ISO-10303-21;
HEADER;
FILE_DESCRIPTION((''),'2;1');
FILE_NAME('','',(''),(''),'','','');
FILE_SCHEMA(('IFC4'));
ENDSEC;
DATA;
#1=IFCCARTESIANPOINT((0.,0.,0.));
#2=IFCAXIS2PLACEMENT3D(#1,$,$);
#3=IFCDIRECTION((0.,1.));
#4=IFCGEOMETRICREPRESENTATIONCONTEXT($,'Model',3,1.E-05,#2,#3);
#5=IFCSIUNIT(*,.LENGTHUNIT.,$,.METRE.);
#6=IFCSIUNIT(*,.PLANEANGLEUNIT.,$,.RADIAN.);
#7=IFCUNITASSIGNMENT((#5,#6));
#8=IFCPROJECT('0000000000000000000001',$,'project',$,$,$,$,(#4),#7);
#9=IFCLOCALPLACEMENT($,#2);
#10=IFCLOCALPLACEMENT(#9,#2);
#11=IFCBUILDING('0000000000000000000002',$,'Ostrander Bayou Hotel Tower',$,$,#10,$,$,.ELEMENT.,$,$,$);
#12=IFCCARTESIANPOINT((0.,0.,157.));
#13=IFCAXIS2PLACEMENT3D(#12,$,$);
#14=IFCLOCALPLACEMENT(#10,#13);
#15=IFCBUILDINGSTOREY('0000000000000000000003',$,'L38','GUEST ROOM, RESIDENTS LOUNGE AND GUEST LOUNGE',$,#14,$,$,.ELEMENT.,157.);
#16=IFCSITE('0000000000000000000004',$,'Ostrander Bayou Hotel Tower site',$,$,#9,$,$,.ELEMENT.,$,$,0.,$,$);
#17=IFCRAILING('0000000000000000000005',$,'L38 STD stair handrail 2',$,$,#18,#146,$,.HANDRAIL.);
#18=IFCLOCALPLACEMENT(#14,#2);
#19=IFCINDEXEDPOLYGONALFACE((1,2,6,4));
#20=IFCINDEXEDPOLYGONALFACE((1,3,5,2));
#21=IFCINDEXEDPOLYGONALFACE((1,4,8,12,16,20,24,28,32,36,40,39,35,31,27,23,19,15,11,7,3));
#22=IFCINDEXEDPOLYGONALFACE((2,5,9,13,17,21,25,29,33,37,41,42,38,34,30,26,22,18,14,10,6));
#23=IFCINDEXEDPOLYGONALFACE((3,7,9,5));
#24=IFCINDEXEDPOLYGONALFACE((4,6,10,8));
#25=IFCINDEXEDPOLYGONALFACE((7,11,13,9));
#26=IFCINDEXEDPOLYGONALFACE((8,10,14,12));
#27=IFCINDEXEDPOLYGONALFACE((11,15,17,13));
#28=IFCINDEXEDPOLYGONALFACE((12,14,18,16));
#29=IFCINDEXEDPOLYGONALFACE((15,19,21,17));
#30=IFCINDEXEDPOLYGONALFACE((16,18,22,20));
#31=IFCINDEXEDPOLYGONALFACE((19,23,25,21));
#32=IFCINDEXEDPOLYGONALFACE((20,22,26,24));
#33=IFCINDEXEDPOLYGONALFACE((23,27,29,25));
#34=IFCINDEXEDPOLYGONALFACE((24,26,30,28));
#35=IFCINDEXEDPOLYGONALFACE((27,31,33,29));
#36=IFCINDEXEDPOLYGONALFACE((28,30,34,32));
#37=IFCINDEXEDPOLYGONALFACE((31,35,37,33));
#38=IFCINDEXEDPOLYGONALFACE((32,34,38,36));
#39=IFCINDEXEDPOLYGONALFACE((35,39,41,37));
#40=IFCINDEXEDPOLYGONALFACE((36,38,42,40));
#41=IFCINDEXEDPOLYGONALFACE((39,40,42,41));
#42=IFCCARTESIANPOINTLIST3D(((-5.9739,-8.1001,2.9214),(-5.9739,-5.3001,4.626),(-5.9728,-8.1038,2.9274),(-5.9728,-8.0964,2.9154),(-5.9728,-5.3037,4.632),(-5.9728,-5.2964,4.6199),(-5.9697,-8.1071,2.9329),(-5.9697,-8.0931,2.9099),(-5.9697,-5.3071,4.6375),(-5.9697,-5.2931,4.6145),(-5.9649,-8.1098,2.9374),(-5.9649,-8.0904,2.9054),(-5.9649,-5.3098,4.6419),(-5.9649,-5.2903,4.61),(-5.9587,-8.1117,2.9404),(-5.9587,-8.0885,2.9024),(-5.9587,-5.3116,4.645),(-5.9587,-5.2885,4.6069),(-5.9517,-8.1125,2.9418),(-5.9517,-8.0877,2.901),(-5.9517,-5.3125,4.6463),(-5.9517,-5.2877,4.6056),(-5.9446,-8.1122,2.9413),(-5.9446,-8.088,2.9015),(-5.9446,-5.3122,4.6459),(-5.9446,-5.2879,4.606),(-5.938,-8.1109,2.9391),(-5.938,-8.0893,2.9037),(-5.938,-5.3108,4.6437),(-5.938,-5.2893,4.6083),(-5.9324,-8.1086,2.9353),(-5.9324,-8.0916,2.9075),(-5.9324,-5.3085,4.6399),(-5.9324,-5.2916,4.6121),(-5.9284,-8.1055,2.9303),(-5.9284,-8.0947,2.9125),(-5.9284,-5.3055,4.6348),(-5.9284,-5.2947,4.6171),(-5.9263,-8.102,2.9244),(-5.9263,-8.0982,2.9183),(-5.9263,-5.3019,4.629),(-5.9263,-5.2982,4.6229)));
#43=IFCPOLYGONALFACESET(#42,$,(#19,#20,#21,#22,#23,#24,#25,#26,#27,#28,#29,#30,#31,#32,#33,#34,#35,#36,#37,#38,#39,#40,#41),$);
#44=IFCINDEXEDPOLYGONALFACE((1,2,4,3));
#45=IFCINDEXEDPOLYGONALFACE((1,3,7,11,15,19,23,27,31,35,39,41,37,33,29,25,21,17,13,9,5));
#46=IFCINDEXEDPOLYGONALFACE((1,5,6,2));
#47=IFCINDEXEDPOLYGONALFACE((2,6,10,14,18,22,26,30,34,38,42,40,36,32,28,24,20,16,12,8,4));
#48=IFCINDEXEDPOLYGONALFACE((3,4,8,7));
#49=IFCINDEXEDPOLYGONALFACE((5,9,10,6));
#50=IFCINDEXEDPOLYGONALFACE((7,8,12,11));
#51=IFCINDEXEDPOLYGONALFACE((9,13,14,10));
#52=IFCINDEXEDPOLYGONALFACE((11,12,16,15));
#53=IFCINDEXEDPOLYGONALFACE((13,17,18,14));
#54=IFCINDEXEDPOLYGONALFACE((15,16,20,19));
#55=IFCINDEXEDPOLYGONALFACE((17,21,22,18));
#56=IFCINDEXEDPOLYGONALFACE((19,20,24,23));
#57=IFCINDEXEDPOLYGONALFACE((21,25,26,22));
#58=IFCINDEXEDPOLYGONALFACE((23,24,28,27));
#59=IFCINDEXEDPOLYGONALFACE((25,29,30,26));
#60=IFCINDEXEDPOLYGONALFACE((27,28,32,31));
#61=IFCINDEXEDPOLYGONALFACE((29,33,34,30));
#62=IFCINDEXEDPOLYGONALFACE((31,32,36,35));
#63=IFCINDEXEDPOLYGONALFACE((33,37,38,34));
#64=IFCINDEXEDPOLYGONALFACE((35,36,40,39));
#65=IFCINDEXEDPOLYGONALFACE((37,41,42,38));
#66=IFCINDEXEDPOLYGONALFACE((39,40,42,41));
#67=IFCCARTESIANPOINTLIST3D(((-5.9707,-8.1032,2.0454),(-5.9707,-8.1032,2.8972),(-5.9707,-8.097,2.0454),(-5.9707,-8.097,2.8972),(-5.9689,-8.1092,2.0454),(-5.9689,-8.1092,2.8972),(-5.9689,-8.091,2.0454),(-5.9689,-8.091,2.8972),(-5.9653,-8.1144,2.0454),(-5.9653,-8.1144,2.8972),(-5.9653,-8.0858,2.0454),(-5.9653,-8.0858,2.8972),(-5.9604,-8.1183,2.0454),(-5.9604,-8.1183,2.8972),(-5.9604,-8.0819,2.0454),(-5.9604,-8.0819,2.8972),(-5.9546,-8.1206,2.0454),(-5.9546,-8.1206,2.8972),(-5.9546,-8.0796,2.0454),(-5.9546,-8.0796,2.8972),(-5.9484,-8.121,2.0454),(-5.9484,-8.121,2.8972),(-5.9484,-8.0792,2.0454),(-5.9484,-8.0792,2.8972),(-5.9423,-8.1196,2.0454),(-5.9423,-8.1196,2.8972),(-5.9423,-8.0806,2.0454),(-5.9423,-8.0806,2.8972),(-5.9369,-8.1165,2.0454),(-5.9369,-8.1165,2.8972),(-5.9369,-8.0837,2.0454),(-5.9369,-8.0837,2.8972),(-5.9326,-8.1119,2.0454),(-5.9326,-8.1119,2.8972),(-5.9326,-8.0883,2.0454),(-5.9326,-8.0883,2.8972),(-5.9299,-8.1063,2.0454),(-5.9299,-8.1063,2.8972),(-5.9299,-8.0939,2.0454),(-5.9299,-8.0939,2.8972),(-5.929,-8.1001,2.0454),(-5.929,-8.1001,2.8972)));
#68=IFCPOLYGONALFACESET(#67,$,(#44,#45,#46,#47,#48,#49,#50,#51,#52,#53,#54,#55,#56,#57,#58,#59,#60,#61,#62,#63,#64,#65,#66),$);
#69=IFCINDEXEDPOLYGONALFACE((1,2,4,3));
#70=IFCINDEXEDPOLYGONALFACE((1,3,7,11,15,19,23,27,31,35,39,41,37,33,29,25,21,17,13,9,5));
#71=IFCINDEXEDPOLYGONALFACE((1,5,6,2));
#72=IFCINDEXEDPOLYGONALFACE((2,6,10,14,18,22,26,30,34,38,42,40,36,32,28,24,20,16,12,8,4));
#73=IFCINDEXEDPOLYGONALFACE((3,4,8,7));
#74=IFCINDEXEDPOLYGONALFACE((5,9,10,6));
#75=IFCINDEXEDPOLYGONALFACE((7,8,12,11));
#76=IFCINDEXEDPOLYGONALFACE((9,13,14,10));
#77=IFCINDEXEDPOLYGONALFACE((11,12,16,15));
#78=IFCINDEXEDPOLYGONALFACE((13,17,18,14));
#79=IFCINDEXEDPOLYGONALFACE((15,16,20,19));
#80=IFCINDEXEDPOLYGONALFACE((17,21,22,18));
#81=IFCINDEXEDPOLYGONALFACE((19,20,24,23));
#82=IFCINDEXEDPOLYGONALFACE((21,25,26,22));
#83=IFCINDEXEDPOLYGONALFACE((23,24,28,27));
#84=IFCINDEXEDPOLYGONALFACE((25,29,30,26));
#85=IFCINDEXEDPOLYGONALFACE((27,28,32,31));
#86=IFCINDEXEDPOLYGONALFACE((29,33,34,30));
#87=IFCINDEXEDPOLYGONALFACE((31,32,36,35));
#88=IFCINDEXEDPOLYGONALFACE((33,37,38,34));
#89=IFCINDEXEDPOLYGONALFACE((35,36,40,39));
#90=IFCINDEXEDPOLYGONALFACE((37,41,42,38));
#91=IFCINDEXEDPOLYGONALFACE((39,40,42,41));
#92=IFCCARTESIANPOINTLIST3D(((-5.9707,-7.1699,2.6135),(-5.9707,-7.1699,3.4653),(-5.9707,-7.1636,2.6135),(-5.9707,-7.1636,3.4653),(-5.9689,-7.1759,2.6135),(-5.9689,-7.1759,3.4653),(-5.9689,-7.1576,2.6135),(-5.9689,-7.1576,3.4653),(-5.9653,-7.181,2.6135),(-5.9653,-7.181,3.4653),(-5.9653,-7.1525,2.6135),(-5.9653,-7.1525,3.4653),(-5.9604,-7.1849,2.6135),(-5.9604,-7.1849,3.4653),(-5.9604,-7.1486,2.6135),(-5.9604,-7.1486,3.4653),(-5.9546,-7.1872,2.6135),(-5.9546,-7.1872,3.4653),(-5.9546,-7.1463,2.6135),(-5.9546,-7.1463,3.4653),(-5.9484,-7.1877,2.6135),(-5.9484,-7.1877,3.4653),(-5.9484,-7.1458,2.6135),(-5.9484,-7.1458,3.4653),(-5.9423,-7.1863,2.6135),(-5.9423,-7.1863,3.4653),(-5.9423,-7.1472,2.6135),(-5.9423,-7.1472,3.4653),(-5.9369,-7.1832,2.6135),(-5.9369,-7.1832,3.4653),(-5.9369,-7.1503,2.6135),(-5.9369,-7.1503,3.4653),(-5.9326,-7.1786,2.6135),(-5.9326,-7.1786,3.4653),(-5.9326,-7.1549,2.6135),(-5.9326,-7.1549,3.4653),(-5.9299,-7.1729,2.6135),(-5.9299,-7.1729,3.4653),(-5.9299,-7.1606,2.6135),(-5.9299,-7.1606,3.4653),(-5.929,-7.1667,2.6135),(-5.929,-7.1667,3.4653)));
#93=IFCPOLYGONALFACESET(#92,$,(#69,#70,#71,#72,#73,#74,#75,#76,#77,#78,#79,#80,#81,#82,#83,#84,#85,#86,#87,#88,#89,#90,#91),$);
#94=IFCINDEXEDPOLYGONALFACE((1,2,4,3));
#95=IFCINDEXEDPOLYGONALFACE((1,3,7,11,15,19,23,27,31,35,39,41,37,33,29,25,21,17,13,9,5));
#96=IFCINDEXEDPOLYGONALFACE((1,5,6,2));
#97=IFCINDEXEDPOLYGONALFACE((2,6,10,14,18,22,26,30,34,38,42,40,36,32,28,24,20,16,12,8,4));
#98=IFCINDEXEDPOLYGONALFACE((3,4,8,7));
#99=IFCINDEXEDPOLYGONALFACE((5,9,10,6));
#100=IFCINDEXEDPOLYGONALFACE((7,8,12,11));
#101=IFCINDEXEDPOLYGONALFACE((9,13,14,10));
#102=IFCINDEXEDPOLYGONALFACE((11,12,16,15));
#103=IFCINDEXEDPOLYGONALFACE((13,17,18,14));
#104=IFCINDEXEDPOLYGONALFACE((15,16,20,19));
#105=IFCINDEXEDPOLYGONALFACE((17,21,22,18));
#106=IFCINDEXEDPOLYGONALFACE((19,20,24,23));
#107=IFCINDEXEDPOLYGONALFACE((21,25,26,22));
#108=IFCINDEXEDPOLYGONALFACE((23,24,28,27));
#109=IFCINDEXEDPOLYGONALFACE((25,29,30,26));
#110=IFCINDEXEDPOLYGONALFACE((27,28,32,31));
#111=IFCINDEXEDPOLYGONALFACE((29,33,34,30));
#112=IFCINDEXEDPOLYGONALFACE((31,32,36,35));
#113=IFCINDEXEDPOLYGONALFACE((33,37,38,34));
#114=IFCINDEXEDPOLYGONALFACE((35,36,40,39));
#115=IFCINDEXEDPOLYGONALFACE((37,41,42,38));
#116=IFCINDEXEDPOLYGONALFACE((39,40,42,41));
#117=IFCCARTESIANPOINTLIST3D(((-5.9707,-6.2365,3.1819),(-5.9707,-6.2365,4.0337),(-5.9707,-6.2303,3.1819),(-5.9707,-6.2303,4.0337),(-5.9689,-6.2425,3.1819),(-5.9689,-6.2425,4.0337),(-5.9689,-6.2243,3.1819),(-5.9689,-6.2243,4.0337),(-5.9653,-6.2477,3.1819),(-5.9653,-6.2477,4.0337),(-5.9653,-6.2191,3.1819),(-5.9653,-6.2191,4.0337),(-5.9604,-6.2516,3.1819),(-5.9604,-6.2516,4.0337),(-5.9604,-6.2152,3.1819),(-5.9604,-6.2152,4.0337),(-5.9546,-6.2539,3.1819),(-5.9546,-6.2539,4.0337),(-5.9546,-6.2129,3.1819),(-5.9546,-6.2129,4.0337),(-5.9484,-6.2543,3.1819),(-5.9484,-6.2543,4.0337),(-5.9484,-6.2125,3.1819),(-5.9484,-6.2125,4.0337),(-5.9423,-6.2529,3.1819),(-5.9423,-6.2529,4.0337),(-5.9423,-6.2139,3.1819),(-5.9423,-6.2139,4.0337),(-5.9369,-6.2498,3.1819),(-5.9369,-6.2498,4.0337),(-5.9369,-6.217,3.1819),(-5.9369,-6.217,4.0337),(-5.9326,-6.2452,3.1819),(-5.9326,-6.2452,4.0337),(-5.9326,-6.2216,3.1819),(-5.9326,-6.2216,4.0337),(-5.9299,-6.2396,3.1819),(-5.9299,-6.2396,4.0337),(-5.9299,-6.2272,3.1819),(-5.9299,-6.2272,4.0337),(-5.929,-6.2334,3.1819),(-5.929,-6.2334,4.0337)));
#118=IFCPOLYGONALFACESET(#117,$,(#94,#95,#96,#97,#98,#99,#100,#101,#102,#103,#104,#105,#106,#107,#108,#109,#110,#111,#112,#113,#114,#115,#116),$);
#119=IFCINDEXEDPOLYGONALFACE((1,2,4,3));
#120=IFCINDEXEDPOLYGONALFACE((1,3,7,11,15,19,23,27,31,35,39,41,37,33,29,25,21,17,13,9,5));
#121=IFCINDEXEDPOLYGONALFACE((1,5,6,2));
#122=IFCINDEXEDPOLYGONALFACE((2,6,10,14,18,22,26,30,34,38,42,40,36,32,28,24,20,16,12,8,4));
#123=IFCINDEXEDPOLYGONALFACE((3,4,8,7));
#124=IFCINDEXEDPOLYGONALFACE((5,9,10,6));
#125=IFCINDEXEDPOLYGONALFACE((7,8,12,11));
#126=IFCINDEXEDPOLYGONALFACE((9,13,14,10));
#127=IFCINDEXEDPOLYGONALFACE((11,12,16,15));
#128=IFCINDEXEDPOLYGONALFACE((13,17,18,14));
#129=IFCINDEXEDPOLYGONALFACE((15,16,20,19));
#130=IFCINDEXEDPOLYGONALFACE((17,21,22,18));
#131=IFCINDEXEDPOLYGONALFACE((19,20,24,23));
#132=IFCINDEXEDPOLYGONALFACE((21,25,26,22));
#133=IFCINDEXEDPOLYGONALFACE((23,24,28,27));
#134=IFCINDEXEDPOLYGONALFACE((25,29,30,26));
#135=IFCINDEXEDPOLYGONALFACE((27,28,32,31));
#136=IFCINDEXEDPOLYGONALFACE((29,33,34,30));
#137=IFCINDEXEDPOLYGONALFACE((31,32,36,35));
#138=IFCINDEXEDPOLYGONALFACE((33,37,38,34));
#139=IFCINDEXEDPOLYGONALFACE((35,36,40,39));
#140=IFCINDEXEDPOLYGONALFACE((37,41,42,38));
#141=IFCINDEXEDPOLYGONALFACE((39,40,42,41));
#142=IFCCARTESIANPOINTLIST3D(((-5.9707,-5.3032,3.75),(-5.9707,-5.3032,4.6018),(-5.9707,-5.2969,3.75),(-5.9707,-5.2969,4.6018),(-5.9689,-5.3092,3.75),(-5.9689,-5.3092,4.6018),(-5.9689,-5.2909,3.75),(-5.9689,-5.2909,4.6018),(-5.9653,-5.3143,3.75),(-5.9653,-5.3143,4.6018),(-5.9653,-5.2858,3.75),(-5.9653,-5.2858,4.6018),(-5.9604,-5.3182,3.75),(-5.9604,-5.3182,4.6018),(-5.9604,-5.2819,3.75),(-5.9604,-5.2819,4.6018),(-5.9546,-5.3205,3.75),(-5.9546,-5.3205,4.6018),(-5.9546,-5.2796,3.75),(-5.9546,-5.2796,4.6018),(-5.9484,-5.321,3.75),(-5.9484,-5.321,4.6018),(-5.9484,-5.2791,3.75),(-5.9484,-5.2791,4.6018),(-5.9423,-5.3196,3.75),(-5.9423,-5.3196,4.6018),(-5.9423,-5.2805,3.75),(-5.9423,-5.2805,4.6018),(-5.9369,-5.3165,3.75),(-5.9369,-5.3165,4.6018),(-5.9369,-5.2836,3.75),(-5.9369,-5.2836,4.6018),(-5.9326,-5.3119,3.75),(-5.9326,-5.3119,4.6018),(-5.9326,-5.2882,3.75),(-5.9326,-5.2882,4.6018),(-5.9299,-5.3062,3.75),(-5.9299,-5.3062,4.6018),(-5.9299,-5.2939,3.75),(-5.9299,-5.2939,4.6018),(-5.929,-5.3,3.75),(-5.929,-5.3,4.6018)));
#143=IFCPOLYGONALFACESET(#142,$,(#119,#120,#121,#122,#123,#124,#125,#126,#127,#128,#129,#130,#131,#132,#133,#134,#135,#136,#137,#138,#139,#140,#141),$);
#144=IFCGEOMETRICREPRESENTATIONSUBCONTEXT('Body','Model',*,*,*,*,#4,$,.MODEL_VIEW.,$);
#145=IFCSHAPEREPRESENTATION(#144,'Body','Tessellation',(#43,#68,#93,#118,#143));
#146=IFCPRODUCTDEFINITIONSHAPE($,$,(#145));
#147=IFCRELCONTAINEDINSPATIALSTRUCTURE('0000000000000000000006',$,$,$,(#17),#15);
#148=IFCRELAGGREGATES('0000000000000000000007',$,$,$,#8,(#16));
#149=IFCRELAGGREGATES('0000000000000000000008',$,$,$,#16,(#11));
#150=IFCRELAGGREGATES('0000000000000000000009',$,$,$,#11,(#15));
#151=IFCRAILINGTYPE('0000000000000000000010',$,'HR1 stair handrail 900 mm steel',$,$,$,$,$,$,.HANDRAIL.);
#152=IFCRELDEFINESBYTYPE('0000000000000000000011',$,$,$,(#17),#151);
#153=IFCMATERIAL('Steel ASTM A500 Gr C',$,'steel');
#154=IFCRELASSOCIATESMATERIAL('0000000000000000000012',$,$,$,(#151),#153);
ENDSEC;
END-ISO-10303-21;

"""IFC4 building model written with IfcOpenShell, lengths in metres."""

from ifc_helpers import new_model, si_unit, direction, frame, origin, origin_2d, place, context, subcontext, project, spatial, circle, extrude, material, type_object, element, save


model = new_model("IFC4")

# Units and contexts
model_context = context("Model", 3, precision=1e-05, world=origin(), true_north=direction((0.0, 1.0)))
body_context = subcontext(model_context, "Body", "Model", "MODEL_VIEW")
ifc_project = project(units=[si_unit("LENGTHUNIT", "METRE"), si_unit("PLANEANGLEUNIT", "RADIAN")], contexts=[model_context])

# Site, building, storey
site_placement = place(None, origin())
site = spatial("IfcSite", under=ifc_project, at=site_placement, Name="Ostrander Bayou Hotel Tower site", CompositionType="ELEMENT", RefElevation=0.0)
building_placement = place(site_placement, origin())
building = spatial("IfcBuilding", under=site, at=building_placement, Name="Ostrander Bayou Hotel Tower", CompositionType="ELEMENT")
storey_placement = place(building_placement, frame((0.0, 0.0, 157.0)))
storey = spatial("IfcBuildingStorey", under=building, at=storey_placement, Name="L38", Description="GUEST ROOM, RESIDENTS LOUNGE AND GUEST LOUNGE", CompositionType="ELEMENT", Elevation=157.0)

# Railing
ifc_material_1 = material(Name="Steel ASTM A500 Gr C", Category="steel")
railing_type_1 = type_object("IfcRailingType", Name="HR1 stair handrail 900 mm steel", PredefinedType="HANDRAIL", material=ifc_material_1)
railing_1_placement = place(storey_placement, frame((-5.95, -8.1001, 2.0454)))
element("IfcRailing", 1, at=railing_1_placement, inside=storey, type_object=railing_type_1, Name="L38 STD stair handrail 2", PredefinedType="HANDRAIL", context=body_context, shape_type="SweptSolid", body=[
    extrude(circle(Radius=0.0239, at=origin_2d()), frame((0.0, 0.0, 0.876), z_axis=(0.0, 0.85417, 0.519994), x_axis=(-1.0, 0.0, 0.0)), (0.0, 0.0, 1.0), 3.2781),
    extrude(circle(Radius=0.021, at=origin_2d()), origin(), (0.0, 0.0, 1.0), 0.8518),
    extrude(circle(Radius=0.021, at=origin_2d()), frame((0.0, 0.9333, 0.5681)), (0.0, 0.0, 1.0), 0.8518),
    extrude(circle(Radius=0.021, at=origin_2d()), frame((0.0, 1.8667, 1.1365)), (0.0, 0.0, 1.0), 0.8518),
    extrude(circle(Radius=0.021, at=origin_2d()), frame((0.0, 2.8, 1.7046)), (0.0, 0.0, 1.0), 0.8518),
])

save(model, "model.ifc")
